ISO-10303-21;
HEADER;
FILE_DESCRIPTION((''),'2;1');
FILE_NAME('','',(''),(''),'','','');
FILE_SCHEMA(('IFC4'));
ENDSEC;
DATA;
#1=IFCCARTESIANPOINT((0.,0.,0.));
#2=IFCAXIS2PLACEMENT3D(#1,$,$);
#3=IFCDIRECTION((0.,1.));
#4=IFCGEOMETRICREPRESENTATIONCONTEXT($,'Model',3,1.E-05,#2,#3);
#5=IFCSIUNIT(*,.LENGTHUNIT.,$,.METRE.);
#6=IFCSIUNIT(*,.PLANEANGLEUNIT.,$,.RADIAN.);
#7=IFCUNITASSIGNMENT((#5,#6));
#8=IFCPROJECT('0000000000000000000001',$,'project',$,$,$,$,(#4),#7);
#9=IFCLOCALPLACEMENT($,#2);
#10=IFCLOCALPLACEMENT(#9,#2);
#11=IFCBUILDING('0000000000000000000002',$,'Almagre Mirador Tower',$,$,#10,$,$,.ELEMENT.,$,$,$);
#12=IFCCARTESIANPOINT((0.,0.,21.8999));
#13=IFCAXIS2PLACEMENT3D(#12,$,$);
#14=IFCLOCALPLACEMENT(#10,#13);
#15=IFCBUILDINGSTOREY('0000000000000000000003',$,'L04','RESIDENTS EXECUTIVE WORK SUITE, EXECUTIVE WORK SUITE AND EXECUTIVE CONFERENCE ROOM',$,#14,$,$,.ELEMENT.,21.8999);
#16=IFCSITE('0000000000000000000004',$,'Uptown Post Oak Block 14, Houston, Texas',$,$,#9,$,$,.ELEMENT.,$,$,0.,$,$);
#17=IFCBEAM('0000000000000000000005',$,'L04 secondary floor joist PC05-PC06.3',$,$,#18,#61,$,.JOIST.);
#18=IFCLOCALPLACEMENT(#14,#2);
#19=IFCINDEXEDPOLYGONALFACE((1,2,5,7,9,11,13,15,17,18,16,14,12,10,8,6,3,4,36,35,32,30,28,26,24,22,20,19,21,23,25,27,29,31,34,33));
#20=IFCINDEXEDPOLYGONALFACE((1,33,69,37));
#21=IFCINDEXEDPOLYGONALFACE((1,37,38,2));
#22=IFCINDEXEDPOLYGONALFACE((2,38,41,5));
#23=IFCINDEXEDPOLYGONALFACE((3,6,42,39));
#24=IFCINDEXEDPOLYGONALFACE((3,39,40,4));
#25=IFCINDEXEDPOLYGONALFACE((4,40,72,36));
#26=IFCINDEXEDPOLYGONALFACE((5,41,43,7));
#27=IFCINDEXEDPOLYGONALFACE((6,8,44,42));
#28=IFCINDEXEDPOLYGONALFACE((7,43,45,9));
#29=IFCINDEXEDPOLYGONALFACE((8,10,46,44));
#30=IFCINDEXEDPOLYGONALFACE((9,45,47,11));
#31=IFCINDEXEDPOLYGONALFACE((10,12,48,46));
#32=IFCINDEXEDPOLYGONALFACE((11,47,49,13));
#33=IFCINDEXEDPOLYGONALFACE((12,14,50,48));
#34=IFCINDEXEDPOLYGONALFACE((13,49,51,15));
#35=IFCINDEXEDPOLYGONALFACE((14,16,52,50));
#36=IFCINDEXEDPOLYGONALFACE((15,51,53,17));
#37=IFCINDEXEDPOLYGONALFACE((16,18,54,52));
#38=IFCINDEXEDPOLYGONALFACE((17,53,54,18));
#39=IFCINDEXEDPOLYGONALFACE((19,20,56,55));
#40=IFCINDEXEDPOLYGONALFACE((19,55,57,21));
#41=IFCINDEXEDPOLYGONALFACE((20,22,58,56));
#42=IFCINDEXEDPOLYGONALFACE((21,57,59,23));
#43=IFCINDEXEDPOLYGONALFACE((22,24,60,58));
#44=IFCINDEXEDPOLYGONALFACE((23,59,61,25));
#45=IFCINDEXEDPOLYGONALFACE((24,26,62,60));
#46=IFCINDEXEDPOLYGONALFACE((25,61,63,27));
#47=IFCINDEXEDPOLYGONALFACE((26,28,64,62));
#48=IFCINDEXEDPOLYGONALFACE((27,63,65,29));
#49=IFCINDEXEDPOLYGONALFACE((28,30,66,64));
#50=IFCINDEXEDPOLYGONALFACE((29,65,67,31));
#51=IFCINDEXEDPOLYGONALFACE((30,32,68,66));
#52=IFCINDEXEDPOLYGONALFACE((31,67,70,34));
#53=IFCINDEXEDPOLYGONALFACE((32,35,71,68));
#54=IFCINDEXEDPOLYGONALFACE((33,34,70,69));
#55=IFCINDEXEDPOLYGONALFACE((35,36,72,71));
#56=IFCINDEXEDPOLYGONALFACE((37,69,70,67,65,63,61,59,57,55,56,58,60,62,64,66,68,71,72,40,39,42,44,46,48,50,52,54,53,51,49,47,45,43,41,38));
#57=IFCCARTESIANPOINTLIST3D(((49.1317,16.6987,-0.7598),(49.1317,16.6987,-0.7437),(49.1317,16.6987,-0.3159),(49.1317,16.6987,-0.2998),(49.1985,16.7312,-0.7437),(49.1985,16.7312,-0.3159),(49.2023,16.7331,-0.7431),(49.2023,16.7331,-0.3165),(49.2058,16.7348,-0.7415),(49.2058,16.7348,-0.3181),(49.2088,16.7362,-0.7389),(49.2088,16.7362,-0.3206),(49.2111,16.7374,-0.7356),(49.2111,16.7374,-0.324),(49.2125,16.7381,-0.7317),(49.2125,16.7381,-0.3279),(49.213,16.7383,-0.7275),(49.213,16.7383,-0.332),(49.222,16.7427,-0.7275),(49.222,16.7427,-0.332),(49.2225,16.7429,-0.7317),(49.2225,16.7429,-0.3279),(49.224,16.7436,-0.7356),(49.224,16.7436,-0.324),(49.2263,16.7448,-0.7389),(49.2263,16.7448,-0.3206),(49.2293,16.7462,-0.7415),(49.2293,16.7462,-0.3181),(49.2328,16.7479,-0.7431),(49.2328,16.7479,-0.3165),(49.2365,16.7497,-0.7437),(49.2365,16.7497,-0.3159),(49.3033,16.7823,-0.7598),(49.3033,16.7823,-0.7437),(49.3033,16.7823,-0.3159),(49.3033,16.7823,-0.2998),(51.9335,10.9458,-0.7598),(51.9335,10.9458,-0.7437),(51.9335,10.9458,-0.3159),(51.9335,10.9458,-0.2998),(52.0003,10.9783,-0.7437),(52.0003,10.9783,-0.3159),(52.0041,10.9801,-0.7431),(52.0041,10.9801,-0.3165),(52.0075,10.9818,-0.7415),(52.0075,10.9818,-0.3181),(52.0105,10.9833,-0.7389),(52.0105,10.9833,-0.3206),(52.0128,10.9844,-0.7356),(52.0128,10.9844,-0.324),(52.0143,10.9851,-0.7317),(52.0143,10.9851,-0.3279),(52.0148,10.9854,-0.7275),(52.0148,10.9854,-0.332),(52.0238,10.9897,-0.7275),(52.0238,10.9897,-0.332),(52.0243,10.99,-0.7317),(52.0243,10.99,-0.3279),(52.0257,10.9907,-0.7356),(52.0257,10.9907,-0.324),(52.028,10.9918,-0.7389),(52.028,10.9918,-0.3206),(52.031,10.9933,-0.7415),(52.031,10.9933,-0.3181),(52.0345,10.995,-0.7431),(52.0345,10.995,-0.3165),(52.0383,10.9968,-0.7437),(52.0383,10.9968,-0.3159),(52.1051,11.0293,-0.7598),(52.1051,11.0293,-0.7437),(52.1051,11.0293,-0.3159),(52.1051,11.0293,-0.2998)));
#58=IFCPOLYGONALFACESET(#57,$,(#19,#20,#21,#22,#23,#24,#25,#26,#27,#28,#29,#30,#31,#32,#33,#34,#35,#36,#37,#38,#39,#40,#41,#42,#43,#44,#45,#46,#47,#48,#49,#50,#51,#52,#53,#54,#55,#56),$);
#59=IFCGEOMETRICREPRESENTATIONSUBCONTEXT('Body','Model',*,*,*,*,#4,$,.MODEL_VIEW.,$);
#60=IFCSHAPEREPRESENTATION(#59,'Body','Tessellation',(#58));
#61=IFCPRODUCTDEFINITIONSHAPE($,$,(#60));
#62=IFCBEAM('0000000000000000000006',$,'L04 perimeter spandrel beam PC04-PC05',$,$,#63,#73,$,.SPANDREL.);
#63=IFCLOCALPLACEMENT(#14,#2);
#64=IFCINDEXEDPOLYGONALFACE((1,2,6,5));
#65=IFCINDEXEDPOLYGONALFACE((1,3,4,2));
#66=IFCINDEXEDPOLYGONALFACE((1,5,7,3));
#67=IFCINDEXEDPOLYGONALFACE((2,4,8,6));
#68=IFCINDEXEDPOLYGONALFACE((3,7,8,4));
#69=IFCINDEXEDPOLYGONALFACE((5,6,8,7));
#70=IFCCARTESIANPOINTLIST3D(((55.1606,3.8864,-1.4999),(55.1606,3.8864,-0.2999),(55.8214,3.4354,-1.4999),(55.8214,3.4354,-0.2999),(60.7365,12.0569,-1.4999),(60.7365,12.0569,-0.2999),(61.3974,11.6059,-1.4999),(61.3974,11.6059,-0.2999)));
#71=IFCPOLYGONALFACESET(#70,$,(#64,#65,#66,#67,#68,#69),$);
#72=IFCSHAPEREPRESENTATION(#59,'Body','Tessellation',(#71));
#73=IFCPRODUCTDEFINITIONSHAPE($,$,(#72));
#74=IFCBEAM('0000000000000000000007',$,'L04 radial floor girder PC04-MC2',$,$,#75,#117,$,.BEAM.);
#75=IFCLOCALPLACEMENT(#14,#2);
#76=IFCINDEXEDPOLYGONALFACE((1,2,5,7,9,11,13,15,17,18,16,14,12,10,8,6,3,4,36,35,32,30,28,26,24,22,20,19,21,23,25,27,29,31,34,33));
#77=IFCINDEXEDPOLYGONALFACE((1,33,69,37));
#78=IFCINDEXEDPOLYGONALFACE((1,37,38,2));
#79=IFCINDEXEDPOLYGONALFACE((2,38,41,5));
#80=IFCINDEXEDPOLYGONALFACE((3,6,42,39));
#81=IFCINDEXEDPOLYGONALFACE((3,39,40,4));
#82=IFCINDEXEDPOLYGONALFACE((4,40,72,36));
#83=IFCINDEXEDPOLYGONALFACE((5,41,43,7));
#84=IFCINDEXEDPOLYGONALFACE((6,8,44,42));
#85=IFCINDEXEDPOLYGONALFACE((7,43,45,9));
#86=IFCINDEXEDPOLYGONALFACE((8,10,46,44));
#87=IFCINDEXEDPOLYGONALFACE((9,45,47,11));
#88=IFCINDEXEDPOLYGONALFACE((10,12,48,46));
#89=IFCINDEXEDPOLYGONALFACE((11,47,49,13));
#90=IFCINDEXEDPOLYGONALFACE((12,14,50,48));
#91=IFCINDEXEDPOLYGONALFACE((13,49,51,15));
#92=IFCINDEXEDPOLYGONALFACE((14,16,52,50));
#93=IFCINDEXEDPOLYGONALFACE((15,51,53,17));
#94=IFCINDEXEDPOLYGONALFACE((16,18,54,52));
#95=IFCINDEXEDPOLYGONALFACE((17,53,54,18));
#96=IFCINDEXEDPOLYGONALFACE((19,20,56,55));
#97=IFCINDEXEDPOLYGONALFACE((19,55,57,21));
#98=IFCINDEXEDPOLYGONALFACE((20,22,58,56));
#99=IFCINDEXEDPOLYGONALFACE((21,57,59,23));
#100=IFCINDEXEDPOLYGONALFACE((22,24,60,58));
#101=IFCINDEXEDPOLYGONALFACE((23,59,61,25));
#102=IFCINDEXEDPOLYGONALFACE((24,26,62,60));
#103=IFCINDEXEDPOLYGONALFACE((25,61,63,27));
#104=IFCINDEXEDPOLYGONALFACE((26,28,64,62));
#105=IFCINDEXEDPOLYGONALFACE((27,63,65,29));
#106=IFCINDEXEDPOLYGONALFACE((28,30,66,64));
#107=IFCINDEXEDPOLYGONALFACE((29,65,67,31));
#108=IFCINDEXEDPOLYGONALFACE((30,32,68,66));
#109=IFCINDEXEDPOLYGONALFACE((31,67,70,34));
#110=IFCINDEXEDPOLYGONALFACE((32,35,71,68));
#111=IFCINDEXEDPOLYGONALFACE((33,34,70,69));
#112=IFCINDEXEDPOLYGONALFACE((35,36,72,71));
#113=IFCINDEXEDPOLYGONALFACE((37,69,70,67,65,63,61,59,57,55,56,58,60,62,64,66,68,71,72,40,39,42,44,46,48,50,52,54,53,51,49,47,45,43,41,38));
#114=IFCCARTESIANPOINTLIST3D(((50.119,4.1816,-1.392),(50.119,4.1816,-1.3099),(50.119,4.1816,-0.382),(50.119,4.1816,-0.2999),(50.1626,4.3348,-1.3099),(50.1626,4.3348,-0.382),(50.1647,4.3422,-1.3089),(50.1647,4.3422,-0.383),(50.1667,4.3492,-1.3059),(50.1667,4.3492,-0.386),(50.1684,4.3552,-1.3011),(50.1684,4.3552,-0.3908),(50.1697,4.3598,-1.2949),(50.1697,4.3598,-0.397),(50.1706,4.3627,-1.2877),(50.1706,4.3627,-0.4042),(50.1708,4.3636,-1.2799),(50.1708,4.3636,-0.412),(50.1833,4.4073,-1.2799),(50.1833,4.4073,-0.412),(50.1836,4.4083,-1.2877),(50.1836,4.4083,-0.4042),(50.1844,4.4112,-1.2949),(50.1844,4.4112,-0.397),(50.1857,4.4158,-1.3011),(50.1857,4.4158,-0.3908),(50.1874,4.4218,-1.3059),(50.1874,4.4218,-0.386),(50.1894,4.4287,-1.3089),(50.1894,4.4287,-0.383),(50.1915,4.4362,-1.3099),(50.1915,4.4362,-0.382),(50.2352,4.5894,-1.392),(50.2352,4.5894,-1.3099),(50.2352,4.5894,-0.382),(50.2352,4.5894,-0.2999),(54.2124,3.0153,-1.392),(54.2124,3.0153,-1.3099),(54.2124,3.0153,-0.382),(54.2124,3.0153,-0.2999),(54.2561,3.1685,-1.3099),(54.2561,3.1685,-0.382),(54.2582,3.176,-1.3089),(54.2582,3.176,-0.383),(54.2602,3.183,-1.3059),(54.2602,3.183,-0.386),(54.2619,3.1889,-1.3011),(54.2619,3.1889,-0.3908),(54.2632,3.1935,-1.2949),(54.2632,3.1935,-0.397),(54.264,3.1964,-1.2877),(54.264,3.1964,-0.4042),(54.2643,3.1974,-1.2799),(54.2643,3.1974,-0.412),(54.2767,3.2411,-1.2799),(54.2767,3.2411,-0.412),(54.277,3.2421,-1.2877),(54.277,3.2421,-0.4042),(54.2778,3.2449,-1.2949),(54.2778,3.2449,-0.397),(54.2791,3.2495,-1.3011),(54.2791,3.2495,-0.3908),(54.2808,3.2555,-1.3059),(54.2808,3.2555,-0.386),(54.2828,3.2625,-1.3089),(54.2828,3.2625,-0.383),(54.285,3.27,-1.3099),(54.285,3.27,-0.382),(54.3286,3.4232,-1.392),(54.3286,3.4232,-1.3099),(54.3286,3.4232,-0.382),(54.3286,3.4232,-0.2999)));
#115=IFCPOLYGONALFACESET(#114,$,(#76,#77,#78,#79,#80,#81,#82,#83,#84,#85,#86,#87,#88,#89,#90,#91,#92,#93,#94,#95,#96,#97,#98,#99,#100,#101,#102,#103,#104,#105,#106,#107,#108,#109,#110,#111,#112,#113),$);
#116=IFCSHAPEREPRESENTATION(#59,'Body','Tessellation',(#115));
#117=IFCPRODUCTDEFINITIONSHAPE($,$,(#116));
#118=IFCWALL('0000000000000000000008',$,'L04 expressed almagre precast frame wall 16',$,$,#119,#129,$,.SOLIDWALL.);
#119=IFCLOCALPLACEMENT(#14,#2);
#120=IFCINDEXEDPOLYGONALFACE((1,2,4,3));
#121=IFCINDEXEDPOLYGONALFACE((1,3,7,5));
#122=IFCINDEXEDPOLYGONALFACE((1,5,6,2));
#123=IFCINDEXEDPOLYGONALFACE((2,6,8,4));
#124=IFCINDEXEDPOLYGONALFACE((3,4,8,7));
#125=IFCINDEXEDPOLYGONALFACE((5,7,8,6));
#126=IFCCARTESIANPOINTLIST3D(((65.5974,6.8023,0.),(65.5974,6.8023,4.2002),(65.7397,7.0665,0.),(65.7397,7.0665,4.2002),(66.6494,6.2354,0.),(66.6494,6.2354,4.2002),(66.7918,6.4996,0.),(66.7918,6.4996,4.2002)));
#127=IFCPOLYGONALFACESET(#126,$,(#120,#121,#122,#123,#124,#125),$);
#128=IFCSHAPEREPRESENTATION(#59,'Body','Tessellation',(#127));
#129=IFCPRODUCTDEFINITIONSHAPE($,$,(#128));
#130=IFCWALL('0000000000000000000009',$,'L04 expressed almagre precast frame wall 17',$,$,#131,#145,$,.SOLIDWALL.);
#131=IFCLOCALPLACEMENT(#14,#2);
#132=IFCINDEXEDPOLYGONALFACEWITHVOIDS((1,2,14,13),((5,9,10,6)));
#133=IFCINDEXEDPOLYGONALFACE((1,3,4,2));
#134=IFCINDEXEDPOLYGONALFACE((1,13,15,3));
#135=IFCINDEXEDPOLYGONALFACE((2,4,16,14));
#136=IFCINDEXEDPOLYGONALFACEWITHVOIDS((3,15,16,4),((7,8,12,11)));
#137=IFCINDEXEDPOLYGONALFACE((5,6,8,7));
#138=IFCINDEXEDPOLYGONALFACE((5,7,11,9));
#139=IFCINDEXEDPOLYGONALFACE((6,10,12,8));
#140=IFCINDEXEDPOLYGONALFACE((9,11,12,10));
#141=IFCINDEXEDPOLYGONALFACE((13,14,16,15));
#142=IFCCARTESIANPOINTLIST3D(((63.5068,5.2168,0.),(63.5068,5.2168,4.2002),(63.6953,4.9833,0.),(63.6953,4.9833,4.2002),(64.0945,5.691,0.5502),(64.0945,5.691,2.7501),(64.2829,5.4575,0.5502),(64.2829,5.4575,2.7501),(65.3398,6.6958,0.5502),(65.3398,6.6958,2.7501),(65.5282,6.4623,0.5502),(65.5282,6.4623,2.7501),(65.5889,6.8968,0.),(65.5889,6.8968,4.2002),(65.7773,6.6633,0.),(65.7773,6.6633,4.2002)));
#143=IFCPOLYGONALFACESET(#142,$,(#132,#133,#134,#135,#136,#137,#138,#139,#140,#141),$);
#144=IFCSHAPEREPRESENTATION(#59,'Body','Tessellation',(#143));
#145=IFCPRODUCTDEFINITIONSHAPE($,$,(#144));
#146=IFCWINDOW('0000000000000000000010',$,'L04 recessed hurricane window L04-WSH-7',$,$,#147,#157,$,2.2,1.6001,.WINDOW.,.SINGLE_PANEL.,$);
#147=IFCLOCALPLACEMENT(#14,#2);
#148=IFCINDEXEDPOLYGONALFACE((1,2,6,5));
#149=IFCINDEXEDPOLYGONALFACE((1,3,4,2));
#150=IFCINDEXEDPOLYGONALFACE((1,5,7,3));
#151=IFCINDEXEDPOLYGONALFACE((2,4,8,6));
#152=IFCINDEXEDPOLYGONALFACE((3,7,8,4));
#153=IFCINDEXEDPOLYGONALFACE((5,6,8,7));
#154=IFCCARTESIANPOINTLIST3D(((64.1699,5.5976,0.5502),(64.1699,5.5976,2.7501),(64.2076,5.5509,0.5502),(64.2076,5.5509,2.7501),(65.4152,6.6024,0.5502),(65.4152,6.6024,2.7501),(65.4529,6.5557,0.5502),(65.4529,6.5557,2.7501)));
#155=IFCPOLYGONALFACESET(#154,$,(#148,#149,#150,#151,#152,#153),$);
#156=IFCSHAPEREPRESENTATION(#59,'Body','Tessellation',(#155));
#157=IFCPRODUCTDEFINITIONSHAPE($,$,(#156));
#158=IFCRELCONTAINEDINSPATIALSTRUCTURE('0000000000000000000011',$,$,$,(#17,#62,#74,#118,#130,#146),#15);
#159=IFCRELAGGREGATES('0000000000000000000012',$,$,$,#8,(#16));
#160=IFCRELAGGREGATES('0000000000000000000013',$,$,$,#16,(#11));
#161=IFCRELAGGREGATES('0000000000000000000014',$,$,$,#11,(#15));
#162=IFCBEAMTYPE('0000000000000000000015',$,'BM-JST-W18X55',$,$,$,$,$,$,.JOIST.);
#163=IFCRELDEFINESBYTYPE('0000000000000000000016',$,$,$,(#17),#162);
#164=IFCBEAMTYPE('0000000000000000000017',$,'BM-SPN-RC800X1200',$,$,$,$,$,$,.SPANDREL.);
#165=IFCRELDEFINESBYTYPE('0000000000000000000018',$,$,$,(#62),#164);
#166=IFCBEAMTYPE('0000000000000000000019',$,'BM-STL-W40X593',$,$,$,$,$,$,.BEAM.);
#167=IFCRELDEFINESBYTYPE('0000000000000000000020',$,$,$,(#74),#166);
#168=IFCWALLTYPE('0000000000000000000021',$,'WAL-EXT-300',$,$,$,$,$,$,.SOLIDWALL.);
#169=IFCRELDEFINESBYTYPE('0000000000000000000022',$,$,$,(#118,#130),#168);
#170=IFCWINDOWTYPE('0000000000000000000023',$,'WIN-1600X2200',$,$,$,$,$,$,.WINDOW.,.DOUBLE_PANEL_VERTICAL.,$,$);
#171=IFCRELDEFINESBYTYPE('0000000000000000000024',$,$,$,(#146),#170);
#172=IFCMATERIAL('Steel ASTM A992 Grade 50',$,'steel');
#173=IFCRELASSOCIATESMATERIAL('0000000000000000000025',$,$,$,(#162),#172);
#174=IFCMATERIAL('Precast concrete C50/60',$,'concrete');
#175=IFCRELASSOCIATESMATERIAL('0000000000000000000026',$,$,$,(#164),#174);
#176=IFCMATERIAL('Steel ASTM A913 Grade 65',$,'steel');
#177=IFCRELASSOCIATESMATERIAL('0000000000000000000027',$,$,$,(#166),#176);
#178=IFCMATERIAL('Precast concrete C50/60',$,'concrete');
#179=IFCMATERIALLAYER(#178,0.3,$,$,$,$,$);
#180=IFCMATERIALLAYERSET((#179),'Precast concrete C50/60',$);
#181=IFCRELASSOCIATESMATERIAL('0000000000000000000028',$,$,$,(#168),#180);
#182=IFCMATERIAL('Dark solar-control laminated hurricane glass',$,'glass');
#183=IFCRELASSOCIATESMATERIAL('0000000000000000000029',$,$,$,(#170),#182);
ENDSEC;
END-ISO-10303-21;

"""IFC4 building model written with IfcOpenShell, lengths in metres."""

from ifc_helpers import new_model, si_unit, direction, frame, frame_2d, origin, origin_2d, place, context, subcontext, project, spatial, rectangle, i_section, extrude, material, layer, layer_set, material_profile, profile_set, type_object, element, fill, save


model = new_model("IFC4")

# Units and contexts
model_context = context("Model", 3, precision=1e-05, world=origin(), true_north=direction((0.0, 1.0)))
body_context = subcontext(model_context, "Body", "Model", "MODEL_VIEW")
ifc_project = project(units=[si_unit("LENGTHUNIT", "METRE"), si_unit("PLANEANGLEUNIT", "RADIAN")], contexts=[model_context])

# Site, building, storey
site_placement = place(None, origin())
site = spatial("IfcSite", under=ifc_project, at=site_placement, Name="Uptown Post Oak Block 14, Houston, Texas", CompositionType="ELEMENT", RefElevation=0.0)
building_placement = place(site_placement, origin())
building = spatial("IfcBuilding", under=site, at=building_placement, Name="Almagre Mirador Tower", CompositionType="ELEMENT")
storey_placement = place(building_placement, frame((0.0, 0.0, 21.8999)))
storey = spatial("IfcBuildingStorey", under=building, at=storey_placement, Name="L04", Description="RESIDENTS EXECUTIVE WORK SUITE, EXECUTIVE WORK SUITE AND EXECUTIVE CONFERENCE ROOM", CompositionType="ELEMENT", Elevation=21.8999)

# Beams
ifc_material_1 = material(Name="Steel ASTM A992 Grade 50", Category="steel")
ifc_material_profile_1 = material_profile(ifc_material_1, i_section(OverallWidth=0.1909, OverallDepth=0.46, WebThickness=0.01, FlangeThickness=0.0161, FilletRadius=0.0161, at=origin_2d()), Name="W18X55")
ifc_profile_set_1 = profile_set([ifc_material_profile_1], Name="Steel ASTM A992 Grade 50")
beam_type_1 = type_object("IfcBeamType", Name="BM-JST-W18X55", PredefinedType="JOIST", material=ifc_profile_set_1)
beam_1_placement = place(storey_placement, frame((52.0193, 10.9875, -0.5298), z_axis=(-0.437849, 0.899048, 0.0), x_axis=(-0.899048, -0.437849, 0.0)))
element("IfcBeam", 1, at=beam_1_placement, inside=storey, type_object=beam_type_1, Name="L04 secondary floor joist PC05-PC06.3", PredefinedType="JOIST", context=body_context, shape_type="SweptSolid", body=[
    extrude(i_section(OverallWidth=0.1909, OverallDepth=0.46, WebThickness=0.01, FlangeThickness=0.0161, FilletRadius=0.0161, at=origin_2d()), origin(), (0.0, 0.0, 1.0), 6.3989),
])
ifc_material_2 = material(Name="Precast concrete C50/60", Category="concrete")
ifc_material_profile_2 = material_profile(ifc_material_2, rectangle(XDim=0.8, YDim=1.2, at=origin_2d()), Name="RC800X1200")
ifc_profile_set_2 = profile_set([ifc_material_profile_2], Name="Precast concrete C50/60")
beam_type_2 = type_object("IfcBeamType", Name="BM-SPN-RC800X1200", PredefinedType="SPANDREL", material=ifc_profile_set_2)
beam_2_placement = place(storey_placement, frame((55.491, 3.6609, -0.8999), z_axis=(0.563695, 0.825983, 0.0), x_axis=(-0.825983, 0.563695, 0.0)))
element("IfcBeam", 2, at=beam_2_placement, inside=storey, type_object=beam_type_2, Name="L04 perimeter spandrel beam PC04-PC05", PredefinedType="SPANDREL", context=body_context, shape_type="SweptSolid", body=[
    extrude(rectangle(XDim=0.8, YDim=1.2, at=origin_2d()), origin(), (0.0, 0.0, 1.0), 9.8918),
])
ifc_material_3 = material(Name="Steel ASTM A913 Grade 65", Category="steel")
ifc_material_profile_3 = material_profile(ifc_material_3, i_section(OverallWidth=0.4241, OverallDepth=1.092, WebThickness=0.0454, FlangeThickness=0.082, FilletRadius=0.03, at=origin_2d()), Name="W40X593")
ifc_profile_set_3 = profile_set([ifc_material_profile_3], Name="Steel ASTM A913 Grade 65")
beam_type_3 = type_object("IfcBeamType", Name="BM-STL-W40X593", PredefinedType="BEAM", material=ifc_profile_set_3)
beam_3_placement = place(storey_placement, frame((54.2705, 3.2192, -0.8459), z_axis=(-0.961729, 0.274001, 0.0), x_axis=(-0.274001, -0.961729, 0.0)))
element("IfcBeam", 3, at=beam_3_placement, inside=storey, type_object=beam_type_3, Name="L04 radial floor girder PC04-MC2", PredefinedType="BEAM", context=body_context, shape_type="SweptSolid", body=[
    extrude(i_section(OverallWidth=0.4241, OverallDepth=1.092, WebThickness=0.0454, FlangeThickness=0.082, FilletRadius=0.03, at=origin_2d()), origin(), (0.0, 0.0, 1.0), 4.2563),
])

# Wall
ifc_material_4 = material(Name="Precast concrete C50/60", Category="concrete")
ifc_layer_1 = layer(ifc_material_4, 0.3)
ifc_layer_set_1 = layer_set([ifc_layer_1], Name="Precast concrete C50/60")
wall_type_1 = type_object("IfcWallType", Name="WAL-EXT-300", PredefinedType="SOLIDWALL", material=ifc_layer_set_1)
wall_1_placement = place(storey_placement, frame((66.7207, 6.3674, 0.0), z_axis=(0.0, 0.0, 1.0), x_axis=(-0.88032, 0.47438, 0.0)))
element("IfcWall", 4, at=wall_1_placement, inside=storey, type_object=wall_type_1, Name="L04 expressed almagre precast frame wall 16", PredefinedType="SOLIDWALL", context=body_context, shape_type="SweptSolid", body=[
    extrude(rectangle(XDim=1.1951, YDim=0.3, at=frame_2d((0.5977, 0.0))), origin(), (0.0, 0.0, 1.0), 4.2002),
])

# Wall, opening, window
wall_2_placement = place(storey_placement, frame((65.6831, 6.78, 0.0), z_axis=(0.0, 0.0, 1.0), x_axis=(-0.778253, -0.62795, 0.0)))
wall_2 = element("IfcWall", 5, at=wall_2_placement, inside=storey, type_object=wall_type_1, Name="L04 expressed almagre precast frame wall 17", PredefinedType="SOLIDWALL", context=body_context, shape_type="SweptSolid", body=[
    extrude(rectangle(XDim=2.6753, YDim=0.3, at=frame_2d((1.3376, 0.0))), origin(), (0.0, 0.0, 1.0), 4.2002),
])
opening_1_placement = place(wall_2_placement, frame((0.3201, 0.0, 0.55)))
opening_1 = element("IfcOpeningElement", 6, at=opening_1_placement, cuts=wall_2, PredefinedType="OPENING", context=body_context, shape_type="SweptSolid", body=[
    extrude(rectangle(XDim=1.6001, YDim=2.2, at=frame_2d((0.8, 1.1001))), frame((0.0, 0.1599, 0.0), z_axis=(0.0, -1.0, 0.0), x_axis=(1.0, 0.0, 0.0)), (0.0, 0.0, 1.0), 0.32),
])
ifc_material_5 = material(Name="Dark solar-control laminated hurricane glass", Category="glass")
window_type_1 = type_object("IfcWindowType", Name="WIN-1600X2200", PartitioningType="DOUBLE_PANEL_VERTICAL", PredefinedType="WINDOW", material=ifc_material_5)
window_1_placement = place(opening_1_placement, origin())
window_1 = element("IfcWindow", 7, at=window_1_placement, inside=storey, type_object=window_type_1, Name="L04 recessed hurricane window L04-WSH-7", OverallHeight=2.2, OverallWidth=1.6001, PartitioningType="SINGLE_PANEL", PredefinedType="WINDOW", context=body_context, shape_type="SweptSolid", body=[
    extrude(rectangle(XDim=1.6001, YDim=2.2, at=frame_2d((0.8, 1.1001))), frame((0.0, 0.03, 0.0), z_axis=(0.0, -1.0, 0.0), x_axis=(1.0, 0.0, 0.0)), (0.0, 0.0, 1.0), 0.0601),
])
fill(opening_1, window_1)

save(model, "model.ifc")
